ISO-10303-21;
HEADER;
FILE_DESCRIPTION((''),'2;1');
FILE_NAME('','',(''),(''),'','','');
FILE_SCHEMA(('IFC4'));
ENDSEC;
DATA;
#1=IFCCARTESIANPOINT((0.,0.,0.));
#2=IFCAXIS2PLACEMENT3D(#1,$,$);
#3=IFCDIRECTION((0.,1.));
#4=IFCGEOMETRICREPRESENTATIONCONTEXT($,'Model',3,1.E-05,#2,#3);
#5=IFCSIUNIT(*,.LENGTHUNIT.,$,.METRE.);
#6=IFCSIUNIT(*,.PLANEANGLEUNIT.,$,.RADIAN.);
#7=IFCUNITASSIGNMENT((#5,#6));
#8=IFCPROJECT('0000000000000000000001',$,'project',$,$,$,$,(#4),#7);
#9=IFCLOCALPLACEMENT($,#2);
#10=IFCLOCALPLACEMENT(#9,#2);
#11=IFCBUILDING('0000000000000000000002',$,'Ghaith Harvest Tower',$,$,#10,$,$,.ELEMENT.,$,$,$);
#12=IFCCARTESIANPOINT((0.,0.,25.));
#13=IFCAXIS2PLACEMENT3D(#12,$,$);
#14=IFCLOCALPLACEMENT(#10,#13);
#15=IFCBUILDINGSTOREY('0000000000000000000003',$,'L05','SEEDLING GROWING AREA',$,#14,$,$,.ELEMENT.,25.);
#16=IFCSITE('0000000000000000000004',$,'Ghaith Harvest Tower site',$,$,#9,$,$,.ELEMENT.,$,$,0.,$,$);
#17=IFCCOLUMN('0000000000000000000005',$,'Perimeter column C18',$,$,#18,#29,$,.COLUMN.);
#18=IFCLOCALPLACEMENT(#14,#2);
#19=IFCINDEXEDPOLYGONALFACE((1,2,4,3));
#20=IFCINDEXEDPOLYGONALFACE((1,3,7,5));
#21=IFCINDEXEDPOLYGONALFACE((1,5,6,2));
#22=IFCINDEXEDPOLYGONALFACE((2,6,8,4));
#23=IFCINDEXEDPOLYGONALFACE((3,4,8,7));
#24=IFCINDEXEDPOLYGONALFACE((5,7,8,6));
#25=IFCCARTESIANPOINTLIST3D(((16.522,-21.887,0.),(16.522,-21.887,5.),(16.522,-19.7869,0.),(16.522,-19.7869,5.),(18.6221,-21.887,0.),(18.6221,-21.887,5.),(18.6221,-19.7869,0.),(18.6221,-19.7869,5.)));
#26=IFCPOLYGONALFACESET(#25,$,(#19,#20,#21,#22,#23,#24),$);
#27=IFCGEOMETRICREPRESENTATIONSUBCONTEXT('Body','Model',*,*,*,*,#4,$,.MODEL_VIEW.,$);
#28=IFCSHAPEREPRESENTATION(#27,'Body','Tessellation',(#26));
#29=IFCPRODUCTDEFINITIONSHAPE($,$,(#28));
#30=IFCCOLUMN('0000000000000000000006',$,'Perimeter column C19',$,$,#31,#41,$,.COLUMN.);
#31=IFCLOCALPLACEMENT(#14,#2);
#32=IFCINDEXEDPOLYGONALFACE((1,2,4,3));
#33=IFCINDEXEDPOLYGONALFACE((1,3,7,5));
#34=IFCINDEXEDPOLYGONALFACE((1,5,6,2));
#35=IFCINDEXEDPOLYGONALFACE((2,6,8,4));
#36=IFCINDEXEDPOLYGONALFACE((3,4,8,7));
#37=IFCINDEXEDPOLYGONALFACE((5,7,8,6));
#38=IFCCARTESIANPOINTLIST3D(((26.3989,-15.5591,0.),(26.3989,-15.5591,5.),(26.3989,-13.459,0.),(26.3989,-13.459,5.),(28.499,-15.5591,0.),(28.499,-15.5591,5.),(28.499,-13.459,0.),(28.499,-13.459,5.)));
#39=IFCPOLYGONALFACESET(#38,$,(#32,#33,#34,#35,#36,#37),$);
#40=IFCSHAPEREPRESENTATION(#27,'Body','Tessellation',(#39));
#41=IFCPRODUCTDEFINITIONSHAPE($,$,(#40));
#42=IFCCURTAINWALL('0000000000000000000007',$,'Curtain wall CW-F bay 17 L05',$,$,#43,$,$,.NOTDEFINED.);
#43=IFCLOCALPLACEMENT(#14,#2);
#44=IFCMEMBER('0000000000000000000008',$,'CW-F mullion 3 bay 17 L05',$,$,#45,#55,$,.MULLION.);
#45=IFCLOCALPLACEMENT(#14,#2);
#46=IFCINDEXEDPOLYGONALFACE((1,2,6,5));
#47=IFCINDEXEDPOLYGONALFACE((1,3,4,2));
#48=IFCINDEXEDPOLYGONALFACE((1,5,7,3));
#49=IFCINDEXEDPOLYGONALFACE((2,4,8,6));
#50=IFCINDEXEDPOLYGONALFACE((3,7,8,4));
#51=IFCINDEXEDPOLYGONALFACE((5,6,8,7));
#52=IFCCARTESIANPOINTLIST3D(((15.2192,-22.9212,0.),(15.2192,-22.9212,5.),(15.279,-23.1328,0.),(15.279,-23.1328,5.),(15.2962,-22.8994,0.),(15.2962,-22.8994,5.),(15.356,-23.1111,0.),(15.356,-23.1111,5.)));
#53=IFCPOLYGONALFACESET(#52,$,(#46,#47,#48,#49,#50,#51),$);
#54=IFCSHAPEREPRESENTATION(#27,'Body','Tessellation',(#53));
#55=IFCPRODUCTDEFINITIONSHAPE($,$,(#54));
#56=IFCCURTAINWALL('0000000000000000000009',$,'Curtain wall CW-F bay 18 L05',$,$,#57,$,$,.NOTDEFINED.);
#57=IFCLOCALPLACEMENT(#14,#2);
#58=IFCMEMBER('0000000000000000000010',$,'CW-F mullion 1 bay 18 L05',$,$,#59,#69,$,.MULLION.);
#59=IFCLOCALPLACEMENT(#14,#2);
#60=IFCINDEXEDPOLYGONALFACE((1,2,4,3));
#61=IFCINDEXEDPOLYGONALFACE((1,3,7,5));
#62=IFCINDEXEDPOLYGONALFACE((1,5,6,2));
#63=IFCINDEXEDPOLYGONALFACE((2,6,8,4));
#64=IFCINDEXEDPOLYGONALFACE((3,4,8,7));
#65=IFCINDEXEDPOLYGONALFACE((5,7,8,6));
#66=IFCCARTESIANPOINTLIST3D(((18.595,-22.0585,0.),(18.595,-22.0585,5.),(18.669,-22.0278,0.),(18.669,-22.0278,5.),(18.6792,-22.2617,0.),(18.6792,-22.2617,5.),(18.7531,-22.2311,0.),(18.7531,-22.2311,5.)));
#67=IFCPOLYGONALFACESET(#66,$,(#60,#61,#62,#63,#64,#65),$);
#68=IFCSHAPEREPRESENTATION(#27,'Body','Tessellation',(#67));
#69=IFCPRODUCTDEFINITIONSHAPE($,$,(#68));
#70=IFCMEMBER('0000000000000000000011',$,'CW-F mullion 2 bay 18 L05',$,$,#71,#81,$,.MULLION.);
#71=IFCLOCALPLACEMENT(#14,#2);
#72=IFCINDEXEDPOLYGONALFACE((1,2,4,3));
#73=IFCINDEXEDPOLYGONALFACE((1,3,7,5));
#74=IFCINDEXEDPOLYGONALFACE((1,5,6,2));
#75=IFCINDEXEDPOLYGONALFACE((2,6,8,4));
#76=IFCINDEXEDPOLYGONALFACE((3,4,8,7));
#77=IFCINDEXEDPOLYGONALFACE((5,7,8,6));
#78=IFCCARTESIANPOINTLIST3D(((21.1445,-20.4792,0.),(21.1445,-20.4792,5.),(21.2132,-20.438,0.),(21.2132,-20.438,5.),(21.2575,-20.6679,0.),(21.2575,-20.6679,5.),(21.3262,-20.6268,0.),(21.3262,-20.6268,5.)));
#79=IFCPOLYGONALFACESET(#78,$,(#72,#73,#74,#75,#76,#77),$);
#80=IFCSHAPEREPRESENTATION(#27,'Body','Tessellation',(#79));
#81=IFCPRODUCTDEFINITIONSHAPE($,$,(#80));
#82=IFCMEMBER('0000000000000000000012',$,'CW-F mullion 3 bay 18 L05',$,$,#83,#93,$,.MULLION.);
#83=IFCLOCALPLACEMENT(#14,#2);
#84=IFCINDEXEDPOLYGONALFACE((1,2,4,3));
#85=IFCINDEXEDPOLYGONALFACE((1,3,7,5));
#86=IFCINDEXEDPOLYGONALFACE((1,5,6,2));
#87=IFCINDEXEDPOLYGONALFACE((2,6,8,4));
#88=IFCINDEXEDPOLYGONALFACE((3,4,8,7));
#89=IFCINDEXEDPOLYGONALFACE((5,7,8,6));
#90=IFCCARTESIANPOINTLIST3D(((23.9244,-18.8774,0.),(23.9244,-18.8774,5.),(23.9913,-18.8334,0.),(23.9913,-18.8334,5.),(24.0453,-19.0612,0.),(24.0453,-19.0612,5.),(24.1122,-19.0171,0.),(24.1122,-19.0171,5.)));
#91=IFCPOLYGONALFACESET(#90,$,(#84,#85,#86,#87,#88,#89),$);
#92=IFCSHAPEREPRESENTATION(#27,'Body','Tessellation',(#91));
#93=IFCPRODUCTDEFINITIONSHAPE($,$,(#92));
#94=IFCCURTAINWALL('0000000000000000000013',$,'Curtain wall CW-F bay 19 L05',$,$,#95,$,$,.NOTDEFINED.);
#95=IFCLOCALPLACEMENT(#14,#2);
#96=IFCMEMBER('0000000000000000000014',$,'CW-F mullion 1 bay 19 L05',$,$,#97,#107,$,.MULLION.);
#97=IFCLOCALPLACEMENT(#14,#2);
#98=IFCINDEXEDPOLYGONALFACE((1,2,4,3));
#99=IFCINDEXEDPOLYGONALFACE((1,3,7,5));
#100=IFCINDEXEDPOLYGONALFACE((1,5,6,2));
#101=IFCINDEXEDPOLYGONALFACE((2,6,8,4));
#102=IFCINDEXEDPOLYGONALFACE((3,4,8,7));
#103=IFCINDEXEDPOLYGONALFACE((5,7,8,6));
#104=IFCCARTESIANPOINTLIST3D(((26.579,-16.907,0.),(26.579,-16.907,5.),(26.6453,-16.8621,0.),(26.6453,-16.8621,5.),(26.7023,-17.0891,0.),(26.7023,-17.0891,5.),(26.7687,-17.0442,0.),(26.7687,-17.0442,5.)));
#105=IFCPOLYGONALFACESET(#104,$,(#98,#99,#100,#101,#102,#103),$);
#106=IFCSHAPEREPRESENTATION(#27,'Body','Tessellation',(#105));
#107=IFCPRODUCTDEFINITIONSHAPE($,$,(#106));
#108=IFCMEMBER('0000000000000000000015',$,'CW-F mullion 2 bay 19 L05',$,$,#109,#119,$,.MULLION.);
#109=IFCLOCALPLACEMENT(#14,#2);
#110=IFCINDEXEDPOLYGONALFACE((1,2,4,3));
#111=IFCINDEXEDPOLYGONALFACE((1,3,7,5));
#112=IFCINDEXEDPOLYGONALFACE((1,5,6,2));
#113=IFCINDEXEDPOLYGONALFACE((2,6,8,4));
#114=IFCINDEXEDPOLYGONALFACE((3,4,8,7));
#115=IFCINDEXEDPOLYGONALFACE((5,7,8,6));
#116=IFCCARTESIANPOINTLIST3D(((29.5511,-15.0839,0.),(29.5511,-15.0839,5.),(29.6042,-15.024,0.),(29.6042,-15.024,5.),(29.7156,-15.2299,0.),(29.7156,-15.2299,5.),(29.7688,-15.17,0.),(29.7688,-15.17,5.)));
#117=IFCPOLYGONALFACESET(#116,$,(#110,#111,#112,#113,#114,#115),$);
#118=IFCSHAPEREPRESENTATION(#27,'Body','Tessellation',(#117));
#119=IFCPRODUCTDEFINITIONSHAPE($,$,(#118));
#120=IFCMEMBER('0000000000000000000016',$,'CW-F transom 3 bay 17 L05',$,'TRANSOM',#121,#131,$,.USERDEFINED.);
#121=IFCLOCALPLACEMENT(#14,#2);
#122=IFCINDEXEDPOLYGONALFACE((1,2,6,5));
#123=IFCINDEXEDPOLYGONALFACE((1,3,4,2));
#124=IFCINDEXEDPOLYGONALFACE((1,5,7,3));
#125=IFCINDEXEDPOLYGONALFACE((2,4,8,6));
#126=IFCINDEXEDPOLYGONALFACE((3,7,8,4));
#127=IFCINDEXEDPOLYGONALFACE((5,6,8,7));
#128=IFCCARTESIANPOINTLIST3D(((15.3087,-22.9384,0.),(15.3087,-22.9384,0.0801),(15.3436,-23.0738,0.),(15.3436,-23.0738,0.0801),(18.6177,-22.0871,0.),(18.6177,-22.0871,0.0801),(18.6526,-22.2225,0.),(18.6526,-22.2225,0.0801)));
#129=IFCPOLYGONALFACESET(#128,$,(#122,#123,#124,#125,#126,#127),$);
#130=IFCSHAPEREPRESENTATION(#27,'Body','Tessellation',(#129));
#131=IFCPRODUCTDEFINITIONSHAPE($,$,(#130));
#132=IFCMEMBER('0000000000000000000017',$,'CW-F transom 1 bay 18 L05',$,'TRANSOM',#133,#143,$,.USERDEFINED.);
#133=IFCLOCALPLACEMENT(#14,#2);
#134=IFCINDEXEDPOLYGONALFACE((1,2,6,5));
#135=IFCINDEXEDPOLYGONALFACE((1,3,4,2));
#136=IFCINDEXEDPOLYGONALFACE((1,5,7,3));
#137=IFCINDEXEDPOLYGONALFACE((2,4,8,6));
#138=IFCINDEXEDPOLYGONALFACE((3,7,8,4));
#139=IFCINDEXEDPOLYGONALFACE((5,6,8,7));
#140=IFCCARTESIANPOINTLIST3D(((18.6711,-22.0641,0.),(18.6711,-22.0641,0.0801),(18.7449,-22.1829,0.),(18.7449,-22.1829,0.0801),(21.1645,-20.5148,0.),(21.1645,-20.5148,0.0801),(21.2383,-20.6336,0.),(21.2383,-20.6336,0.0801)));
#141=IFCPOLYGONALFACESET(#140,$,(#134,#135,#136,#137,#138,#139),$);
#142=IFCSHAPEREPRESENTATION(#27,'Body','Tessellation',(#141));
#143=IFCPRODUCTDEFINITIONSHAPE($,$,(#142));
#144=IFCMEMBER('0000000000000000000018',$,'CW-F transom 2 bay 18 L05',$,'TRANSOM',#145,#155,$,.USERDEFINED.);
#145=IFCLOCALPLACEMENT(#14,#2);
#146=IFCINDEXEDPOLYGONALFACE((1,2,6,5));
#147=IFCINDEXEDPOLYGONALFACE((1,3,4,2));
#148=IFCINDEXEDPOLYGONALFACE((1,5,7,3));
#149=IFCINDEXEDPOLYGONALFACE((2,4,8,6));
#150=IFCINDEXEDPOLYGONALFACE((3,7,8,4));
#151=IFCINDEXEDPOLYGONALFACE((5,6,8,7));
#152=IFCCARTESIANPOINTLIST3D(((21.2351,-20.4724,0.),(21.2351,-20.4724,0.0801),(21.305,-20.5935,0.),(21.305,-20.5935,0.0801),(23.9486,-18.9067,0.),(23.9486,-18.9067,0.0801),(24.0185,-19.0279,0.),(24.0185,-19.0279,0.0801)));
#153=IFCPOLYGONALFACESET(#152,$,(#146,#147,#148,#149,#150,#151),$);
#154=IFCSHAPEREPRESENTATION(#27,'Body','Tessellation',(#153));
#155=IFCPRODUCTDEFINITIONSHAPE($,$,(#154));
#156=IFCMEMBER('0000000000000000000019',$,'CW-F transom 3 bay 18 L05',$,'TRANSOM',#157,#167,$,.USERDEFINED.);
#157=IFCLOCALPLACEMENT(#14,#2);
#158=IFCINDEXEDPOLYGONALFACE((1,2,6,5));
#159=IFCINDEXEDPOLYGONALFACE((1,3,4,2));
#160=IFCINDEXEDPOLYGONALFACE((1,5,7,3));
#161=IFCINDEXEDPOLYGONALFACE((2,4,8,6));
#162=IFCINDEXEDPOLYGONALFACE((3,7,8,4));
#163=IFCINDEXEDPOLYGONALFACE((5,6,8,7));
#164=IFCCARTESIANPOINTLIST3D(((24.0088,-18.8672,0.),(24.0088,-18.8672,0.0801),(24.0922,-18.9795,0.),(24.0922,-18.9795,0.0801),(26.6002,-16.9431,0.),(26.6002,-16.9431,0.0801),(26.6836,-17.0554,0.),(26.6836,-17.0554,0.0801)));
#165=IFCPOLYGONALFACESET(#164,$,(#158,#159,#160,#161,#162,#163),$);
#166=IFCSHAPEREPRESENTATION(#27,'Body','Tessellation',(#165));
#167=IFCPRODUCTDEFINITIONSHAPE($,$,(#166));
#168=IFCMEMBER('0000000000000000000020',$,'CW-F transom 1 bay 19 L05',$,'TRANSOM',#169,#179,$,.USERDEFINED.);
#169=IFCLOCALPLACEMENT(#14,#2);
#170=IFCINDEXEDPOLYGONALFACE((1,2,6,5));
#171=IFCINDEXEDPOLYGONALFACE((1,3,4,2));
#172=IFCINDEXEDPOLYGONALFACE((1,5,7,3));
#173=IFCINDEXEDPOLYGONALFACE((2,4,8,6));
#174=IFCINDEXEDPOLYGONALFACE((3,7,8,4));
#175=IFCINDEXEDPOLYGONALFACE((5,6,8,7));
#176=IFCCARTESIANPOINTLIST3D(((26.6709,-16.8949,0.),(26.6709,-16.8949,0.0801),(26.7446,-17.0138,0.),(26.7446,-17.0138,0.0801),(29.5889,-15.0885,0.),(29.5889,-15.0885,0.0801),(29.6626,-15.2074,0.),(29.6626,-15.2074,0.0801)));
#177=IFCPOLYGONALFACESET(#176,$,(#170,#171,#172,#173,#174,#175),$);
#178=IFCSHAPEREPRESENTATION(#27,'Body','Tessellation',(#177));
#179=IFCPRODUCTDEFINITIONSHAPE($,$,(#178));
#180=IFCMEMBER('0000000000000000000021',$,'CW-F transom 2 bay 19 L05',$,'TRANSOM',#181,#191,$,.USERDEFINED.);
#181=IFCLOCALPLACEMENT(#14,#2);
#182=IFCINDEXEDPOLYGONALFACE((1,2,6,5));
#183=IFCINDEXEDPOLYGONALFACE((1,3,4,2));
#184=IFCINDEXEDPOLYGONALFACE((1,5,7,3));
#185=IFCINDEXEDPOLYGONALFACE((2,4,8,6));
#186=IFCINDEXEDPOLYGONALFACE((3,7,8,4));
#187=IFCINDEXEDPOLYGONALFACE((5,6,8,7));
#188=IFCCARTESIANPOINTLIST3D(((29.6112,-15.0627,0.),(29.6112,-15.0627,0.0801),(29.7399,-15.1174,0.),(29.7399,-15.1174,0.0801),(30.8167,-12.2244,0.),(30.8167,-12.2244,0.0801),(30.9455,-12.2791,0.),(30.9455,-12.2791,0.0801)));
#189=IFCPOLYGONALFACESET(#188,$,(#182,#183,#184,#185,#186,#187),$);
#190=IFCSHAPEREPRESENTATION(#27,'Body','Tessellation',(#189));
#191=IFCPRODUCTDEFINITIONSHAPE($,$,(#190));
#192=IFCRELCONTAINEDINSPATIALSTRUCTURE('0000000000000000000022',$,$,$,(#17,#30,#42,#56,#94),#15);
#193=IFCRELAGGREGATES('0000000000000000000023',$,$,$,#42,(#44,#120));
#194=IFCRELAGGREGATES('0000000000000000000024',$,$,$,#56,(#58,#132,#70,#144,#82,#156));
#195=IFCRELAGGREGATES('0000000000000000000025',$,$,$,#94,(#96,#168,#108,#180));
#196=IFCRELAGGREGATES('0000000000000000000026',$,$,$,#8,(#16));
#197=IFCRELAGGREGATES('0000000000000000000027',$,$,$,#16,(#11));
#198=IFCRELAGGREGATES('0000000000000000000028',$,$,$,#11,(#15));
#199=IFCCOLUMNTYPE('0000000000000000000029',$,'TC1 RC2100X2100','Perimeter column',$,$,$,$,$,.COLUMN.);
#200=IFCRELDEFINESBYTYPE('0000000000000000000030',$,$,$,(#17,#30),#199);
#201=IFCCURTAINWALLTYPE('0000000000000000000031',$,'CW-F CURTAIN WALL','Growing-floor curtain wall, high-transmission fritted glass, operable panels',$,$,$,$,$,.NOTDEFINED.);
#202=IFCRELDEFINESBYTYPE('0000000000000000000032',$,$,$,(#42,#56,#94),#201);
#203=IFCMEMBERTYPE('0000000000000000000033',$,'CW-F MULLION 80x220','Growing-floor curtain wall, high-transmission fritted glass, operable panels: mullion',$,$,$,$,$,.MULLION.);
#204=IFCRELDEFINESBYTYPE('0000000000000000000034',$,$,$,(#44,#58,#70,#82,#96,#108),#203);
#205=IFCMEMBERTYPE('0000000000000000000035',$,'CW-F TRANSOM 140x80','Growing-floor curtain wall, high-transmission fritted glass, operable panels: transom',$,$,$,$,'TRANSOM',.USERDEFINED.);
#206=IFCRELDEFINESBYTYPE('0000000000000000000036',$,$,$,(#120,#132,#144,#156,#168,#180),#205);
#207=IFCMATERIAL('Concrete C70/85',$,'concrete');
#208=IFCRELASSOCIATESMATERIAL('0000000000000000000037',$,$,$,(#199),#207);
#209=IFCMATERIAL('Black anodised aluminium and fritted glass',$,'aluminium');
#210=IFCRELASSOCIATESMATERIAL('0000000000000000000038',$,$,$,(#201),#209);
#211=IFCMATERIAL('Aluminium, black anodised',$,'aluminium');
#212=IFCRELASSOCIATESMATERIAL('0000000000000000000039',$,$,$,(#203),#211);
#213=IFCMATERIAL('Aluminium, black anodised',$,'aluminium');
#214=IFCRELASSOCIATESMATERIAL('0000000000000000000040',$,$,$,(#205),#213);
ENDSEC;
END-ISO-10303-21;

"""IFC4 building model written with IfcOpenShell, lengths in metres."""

from ifc_helpers import new_model, si_unit, direction, frame, origin, origin_2d, place, context, subcontext, project, spatial, rectangle, extrude, material, material_profile, profile_set, type_object, element, aggregate, save


model = new_model("IFC4")

# Units and contexts
model_context = context("Model", 3, precision=1e-05, world=origin(), true_north=direction((0.0, 1.0)))
body_context = subcontext(model_context, "Body", "Model", "MODEL_VIEW")
ifc_project = project(units=[si_unit("LENGTHUNIT", "METRE"), si_unit("PLANEANGLEUNIT", "RADIAN")], contexts=[model_context])

# Site, building, storey
site_placement = place(None, origin())
site = spatial("IfcSite", under=ifc_project, at=site_placement, Name="Ghaith Harvest Tower site", CompositionType="ELEMENT", RefElevation=0.0)
building_placement = place(site_placement, origin())
building = spatial("IfcBuilding", under=site, at=building_placement, Name="Ghaith Harvest Tower", CompositionType="ELEMENT")
storey_placement = place(building_placement, frame((0.0, 0.0, 25.0)))
storey = spatial("IfcBuildingStorey", under=building, at=storey_placement, Name="L05", Description="SEEDLING GROWING AREA", CompositionType="ELEMENT", Elevation=25.0)

# Columns
ifc_material_1 = material(Name="Concrete C70/85", Category="concrete")
ifc_material_profile_1 = material_profile(ifc_material_1, rectangle(XDim=2.1001, YDim=2.1001, at=origin_2d()), Name="RC2100X2100")
ifc_profile_set_1 = profile_set([ifc_material_profile_1], Name="Concrete C70/85")
column_type = type_object("IfcColumnType", Name="TC1 RC2100X2100", Description="Perimeter column", PredefinedType="COLUMN", material=ifc_profile_set_1)
for number, where, z_axis, x_axis, name in (
    (1, (17.572, -20.8369, 0.0), (0.0, 0.0, 1.0), (1.0, 0.0, 0.0), "Perimeter column C18"),
    (2, (27.449, -14.509, 0.0), (0.0, 0.0, 1.0), (1.0, 0.0, 0.0), "Perimeter column C19"),
):
    element("IfcColumn", number, at=place(storey_placement, frame(where, z_axis=z_axis, x_axis=x_axis)), inside=storey, type_object=column_type, Name=name, PredefinedType="COLUMN", context=body_context, shape_type="SweptSolid", body=[
        extrude(rectangle(XDim=2.1001, YDim=2.1001, at=origin_2d()), origin(), (0.0, 0.0, 1.0), 5.0),
    ])

# Curtain wall, member
ifc_material_2 = material(Name="Black anodised aluminium and fritted glass", Category="aluminium")
curtain_wall_type = type_object("IfcCurtainWallType", Name="CW-F CURTAIN WALL", Description="Growing-floor curtain wall, high-transmission fritted glass, operable panels", PredefinedType="NOTDEFINED", material=ifc_material_2)
curtain_wall_1_placement = place(storey_placement, origin())
curtain_wall_1 = element("IfcCurtainWall", 3, at=curtain_wall_1_placement, inside=storey, type_object=curtain_wall_type, Name="Curtain wall CW-F bay 17 L05", PredefinedType="NOTDEFINED")
ifc_material_3 = material(Name="Aluminium, black anodised", Category="aluminium")
ifc_material_profile_2 = material_profile(ifc_material_3, rectangle(XDim=0.0801, YDim=0.22, at=origin_2d()), Name="CW-F MULLION 80x220")
ifc_profile_set_2 = profile_set([ifc_material_profile_2], Name="Aluminium, black anodised")
member_type_1 = type_object("IfcMemberType", Name="CW-F MULLION 80x220", Description="Growing-floor curtain wall, high-transmission fritted glass, operable panels: mullion", PredefinedType="MULLION", material=ifc_profile_set_2)
member_1_placement = place(storey_placement, frame((15.2876, -23.0161, 0.0), z_axis=(0.0, 0.0, 1.0), x_axis=(0.962313, 0.271944, 0.0)))
member_1 = element("IfcMember", 4, at=member_1_placement, type_object=member_type_1, Name="CW-F mullion 3 bay 17 L05", PredefinedType="MULLION", context=body_context, shape_type="SweptSolid", body=[
    extrude(rectangle(XDim=0.0801, YDim=0.22, at=origin_2d()), origin(), (0.0, 0.0, 1.0), 5.0),
])

# Curtain walls, members
curtain_wall_2_placement = place(storey_placement, origin())
curtain_wall_2 = element("IfcCurtainWall", 5, at=curtain_wall_2_placement, inside=storey, type_object=curtain_wall_type, Name="Curtain wall CW-F bay 18 L05", PredefinedType="NOTDEFINED")
member_2_placement = place(storey_placement, frame((18.6741, -22.1448, 0.0), z_axis=(0.0, 0.0, 1.0), x_axis=(0.92391, 0.382609, 0.0)))
member_2 = element("IfcMember", 6, at=member_2_placement, type_object=member_type_1, Name="CW-F mullion 1 bay 18 L05", PredefinedType="MULLION", context=body_context, shape_type="SweptSolid", body=[
    extrude(rectangle(XDim=0.0801, YDim=0.22, at=origin_2d()), origin(), (0.0, 0.0, 1.0), 5.0),
])
member_3_placement = place(storey_placement, frame((21.2354, -20.553, 0.0), z_axis=(0.0, 0.0, 1.0), x_axis=(0.85814, 0.513415, 0.0)))
member_3 = element("IfcMember", 7, at=member_3_placement, type_object=member_type_1, Name="CW-F mullion 2 bay 18 L05", PredefinedType="MULLION", context=body_context, shape_type="SweptSolid", body=[
    extrude(rectangle(XDim=0.0801, YDim=0.22, at=origin_2d()), origin(), (0.0, 0.0, 1.0), 5.0),
])
member_4_placement = place(storey_placement, frame((24.0183, -18.9473, 0.0), z_axis=(0.0, 0.0, 1.0), x_axis=(0.835444, 0.549576, 0.0)))
member_4 = element("IfcMember", 8, at=member_4_placement, type_object=member_type_1, Name="CW-F mullion 3 bay 18 L05", PredefinedType="MULLION", context=body_context, shape_type="SweptSolid", body=[
    extrude(rectangle(XDim=0.0801, YDim=0.22, at=origin_2d()), origin(), (0.0, 0.0, 1.0), 5.0),
])
curtain_wall_3_placement = place(storey_placement, origin())
curtain_wall_3 = element("IfcCurtainWall", 9, at=curtain_wall_3_placement, inside=storey, type_object=curtain_wall_type, Name="Curtain wall CW-F bay 19 L05", PredefinedType="NOTDEFINED")
member_5_placement = place(storey_placement, frame((26.6738, -16.9756, 0.0), z_axis=(0.0, 0.0, 1.0), x_axis=(0.828002, 0.560725, 0.0)))
member_5 = element("IfcMember", 10, at=member_5_placement, type_object=member_type_1, Name="CW-F mullion 1 bay 19 L05", PredefinedType="MULLION", context=body_context, shape_type="SweptSolid", body=[
    extrude(rectangle(XDim=0.0801, YDim=0.22, at=origin_2d()), origin(), (0.0, 0.0, 1.0), 5.0),
])
member_6_placement = place(storey_placement, frame((29.6599, -15.127, 0.0), z_axis=(0.0, 0.0, 1.0), x_axis=(0.663605, 0.748083, 0.0)))
member_6 = element("IfcMember", 11, at=member_6_placement, type_object=member_type_1, Name="CW-F mullion 2 bay 19 L05", PredefinedType="MULLION", context=body_context, shape_type="SweptSolid", body=[
    extrude(rectangle(XDim=0.0801, YDim=0.22, at=origin_2d()), origin(), (0.0, 0.0, 1.0), 5.0),
])

# Members
ifc_material_4 = material(Name="Aluminium, black anodised", Category="aluminium")
ifc_material_profile_3 = material_profile(ifc_material_4, rectangle(XDim=0.1399, YDim=0.0801, at=origin_2d()), Name="CW-F TRANSOM 140x80")
ifc_profile_set_3 = profile_set([ifc_material_profile_3], Name="Aluminium, black anodised")
member_type_2 = type_object("IfcMemberType", Name="CW-F TRANSOM 140x80", Description="Growing-floor curtain wall, high-transmission fritted glass, operable panels: transom", ElementType="TRANSOM", PredefinedType="USERDEFINED", material=ifc_profile_set_3)
member_7_placement = place(storey_placement, frame((15.3262, -23.0061, 0.04), z_axis=(0.968464, 0.249154, 0.0), x_axis=(-0.249154, 0.968464, 0.0)))
member_7 = element("IfcMember", 12, at=member_7_placement, type_object=member_type_2, Name="CW-F transom 3 bay 17 L05", ObjectType="TRANSOM", PredefinedType="USERDEFINED", context=body_context, shape_type="SweptSolid", body=[
    extrude(rectangle(XDim=0.1399, YDim=0.0801, at=origin_2d()), origin(), (0.0, 0.0, 1.0), 3.4167),
])
member_8_placement = place(storey_placement, frame((18.708, -22.1235, 0.04), z_axis=(0.849383, 0.527777, 0.0), x_axis=(-0.527777, 0.849383, 0.0)))
member_8 = element("IfcMember", 13, at=member_8_placement, type_object=member_type_2, Name="CW-F transom 1 bay 18 L05", ObjectType="TRANSOM", PredefinedType="USERDEFINED", context=body_context, shape_type="SweptSolid", body=[
    extrude(rectangle(XDim=0.1399, YDim=0.0801, at=origin_2d()), origin(), (0.0, 0.0, 1.0), 2.9355),
])
member_9_placement = place(storey_placement, frame((21.27, -20.533, 0.04), z_axis=(0.866169, 0.499752, 0.0), x_axis=(-0.499752, 0.866169, 0.0)))
member_9 = element("IfcMember", 14, at=member_9_placement, type_object=member_type_2, Name="CW-F transom 2 bay 18 L05", ObjectType="TRANSOM", PredefinedType="USERDEFINED", context=body_context, shape_type="SweptSolid", body=[
    extrude(rectangle(XDim=0.1399, YDim=0.0801, at=origin_2d()), origin(), (0.0, 0.0, 1.0), 3.1328),
])
member_10_placement = place(storey_placement, frame((24.0505, -18.9233, 0.04), z_axis=(0.802877, 0.596144, 0.0), x_axis=(-0.596144, 0.802877, 0.0)))
member_10 = element("IfcMember", 15, at=member_10_placement, type_object=member_type_2, Name="CW-F transom 3 bay 18 L05", ObjectType="TRANSOM", PredefinedType="USERDEFINED", context=body_context, shape_type="SweptSolid", body=[
    extrude(rectangle(XDim=0.1399, YDim=0.0801, at=origin_2d()), origin(), (0.0, 0.0, 1.0), 3.2275),
])
member_11_placement = place(storey_placement, frame((26.7078, -16.9543, 0.04), z_axis=(0.850261, 0.526362, 0.0), x_axis=(-0.526362, 0.850261, 0.0)))
member_11 = element("IfcMember", 16, at=member_11_placement, type_object=member_type_2, Name="CW-F transom 1 bay 19 L05", ObjectType="TRANSOM", PredefinedType="USERDEFINED", context=body_context, shape_type="SweptSolid", body=[
    extrude(rectangle(XDim=0.1399, YDim=0.0801, at=origin_2d()), origin(), (0.0, 0.0, 1.0), 3.4319),
])
member_12_placement = place(storey_placement, frame((29.6755, -15.0901, 0.04), z_axis=(0.390936, 0.920418, 0.0), x_axis=(-0.920418, 0.390936, 0.0)))
member_12 = element("IfcMember", 17, at=member_12_placement, type_object=member_type_2, Name="CW-F transom 2 bay 19 L05", ObjectType="TRANSOM", PredefinedType="USERDEFINED", context=body_context, shape_type="SweptSolid", body=[
    extrude(rectangle(XDim=0.1399, YDim=0.0801, at=origin_2d()), origin(), (0.0, 0.0, 1.0), 3.0837),
])

aggregate(curtain_wall_1, [member_1, member_7])
aggregate(curtain_wall_2, [member_2, member_8, member_3, member_9, member_4, member_10])
aggregate(curtain_wall_3, [member_5, member_11, member_6, member_12])

save(model, "model.ifc")
